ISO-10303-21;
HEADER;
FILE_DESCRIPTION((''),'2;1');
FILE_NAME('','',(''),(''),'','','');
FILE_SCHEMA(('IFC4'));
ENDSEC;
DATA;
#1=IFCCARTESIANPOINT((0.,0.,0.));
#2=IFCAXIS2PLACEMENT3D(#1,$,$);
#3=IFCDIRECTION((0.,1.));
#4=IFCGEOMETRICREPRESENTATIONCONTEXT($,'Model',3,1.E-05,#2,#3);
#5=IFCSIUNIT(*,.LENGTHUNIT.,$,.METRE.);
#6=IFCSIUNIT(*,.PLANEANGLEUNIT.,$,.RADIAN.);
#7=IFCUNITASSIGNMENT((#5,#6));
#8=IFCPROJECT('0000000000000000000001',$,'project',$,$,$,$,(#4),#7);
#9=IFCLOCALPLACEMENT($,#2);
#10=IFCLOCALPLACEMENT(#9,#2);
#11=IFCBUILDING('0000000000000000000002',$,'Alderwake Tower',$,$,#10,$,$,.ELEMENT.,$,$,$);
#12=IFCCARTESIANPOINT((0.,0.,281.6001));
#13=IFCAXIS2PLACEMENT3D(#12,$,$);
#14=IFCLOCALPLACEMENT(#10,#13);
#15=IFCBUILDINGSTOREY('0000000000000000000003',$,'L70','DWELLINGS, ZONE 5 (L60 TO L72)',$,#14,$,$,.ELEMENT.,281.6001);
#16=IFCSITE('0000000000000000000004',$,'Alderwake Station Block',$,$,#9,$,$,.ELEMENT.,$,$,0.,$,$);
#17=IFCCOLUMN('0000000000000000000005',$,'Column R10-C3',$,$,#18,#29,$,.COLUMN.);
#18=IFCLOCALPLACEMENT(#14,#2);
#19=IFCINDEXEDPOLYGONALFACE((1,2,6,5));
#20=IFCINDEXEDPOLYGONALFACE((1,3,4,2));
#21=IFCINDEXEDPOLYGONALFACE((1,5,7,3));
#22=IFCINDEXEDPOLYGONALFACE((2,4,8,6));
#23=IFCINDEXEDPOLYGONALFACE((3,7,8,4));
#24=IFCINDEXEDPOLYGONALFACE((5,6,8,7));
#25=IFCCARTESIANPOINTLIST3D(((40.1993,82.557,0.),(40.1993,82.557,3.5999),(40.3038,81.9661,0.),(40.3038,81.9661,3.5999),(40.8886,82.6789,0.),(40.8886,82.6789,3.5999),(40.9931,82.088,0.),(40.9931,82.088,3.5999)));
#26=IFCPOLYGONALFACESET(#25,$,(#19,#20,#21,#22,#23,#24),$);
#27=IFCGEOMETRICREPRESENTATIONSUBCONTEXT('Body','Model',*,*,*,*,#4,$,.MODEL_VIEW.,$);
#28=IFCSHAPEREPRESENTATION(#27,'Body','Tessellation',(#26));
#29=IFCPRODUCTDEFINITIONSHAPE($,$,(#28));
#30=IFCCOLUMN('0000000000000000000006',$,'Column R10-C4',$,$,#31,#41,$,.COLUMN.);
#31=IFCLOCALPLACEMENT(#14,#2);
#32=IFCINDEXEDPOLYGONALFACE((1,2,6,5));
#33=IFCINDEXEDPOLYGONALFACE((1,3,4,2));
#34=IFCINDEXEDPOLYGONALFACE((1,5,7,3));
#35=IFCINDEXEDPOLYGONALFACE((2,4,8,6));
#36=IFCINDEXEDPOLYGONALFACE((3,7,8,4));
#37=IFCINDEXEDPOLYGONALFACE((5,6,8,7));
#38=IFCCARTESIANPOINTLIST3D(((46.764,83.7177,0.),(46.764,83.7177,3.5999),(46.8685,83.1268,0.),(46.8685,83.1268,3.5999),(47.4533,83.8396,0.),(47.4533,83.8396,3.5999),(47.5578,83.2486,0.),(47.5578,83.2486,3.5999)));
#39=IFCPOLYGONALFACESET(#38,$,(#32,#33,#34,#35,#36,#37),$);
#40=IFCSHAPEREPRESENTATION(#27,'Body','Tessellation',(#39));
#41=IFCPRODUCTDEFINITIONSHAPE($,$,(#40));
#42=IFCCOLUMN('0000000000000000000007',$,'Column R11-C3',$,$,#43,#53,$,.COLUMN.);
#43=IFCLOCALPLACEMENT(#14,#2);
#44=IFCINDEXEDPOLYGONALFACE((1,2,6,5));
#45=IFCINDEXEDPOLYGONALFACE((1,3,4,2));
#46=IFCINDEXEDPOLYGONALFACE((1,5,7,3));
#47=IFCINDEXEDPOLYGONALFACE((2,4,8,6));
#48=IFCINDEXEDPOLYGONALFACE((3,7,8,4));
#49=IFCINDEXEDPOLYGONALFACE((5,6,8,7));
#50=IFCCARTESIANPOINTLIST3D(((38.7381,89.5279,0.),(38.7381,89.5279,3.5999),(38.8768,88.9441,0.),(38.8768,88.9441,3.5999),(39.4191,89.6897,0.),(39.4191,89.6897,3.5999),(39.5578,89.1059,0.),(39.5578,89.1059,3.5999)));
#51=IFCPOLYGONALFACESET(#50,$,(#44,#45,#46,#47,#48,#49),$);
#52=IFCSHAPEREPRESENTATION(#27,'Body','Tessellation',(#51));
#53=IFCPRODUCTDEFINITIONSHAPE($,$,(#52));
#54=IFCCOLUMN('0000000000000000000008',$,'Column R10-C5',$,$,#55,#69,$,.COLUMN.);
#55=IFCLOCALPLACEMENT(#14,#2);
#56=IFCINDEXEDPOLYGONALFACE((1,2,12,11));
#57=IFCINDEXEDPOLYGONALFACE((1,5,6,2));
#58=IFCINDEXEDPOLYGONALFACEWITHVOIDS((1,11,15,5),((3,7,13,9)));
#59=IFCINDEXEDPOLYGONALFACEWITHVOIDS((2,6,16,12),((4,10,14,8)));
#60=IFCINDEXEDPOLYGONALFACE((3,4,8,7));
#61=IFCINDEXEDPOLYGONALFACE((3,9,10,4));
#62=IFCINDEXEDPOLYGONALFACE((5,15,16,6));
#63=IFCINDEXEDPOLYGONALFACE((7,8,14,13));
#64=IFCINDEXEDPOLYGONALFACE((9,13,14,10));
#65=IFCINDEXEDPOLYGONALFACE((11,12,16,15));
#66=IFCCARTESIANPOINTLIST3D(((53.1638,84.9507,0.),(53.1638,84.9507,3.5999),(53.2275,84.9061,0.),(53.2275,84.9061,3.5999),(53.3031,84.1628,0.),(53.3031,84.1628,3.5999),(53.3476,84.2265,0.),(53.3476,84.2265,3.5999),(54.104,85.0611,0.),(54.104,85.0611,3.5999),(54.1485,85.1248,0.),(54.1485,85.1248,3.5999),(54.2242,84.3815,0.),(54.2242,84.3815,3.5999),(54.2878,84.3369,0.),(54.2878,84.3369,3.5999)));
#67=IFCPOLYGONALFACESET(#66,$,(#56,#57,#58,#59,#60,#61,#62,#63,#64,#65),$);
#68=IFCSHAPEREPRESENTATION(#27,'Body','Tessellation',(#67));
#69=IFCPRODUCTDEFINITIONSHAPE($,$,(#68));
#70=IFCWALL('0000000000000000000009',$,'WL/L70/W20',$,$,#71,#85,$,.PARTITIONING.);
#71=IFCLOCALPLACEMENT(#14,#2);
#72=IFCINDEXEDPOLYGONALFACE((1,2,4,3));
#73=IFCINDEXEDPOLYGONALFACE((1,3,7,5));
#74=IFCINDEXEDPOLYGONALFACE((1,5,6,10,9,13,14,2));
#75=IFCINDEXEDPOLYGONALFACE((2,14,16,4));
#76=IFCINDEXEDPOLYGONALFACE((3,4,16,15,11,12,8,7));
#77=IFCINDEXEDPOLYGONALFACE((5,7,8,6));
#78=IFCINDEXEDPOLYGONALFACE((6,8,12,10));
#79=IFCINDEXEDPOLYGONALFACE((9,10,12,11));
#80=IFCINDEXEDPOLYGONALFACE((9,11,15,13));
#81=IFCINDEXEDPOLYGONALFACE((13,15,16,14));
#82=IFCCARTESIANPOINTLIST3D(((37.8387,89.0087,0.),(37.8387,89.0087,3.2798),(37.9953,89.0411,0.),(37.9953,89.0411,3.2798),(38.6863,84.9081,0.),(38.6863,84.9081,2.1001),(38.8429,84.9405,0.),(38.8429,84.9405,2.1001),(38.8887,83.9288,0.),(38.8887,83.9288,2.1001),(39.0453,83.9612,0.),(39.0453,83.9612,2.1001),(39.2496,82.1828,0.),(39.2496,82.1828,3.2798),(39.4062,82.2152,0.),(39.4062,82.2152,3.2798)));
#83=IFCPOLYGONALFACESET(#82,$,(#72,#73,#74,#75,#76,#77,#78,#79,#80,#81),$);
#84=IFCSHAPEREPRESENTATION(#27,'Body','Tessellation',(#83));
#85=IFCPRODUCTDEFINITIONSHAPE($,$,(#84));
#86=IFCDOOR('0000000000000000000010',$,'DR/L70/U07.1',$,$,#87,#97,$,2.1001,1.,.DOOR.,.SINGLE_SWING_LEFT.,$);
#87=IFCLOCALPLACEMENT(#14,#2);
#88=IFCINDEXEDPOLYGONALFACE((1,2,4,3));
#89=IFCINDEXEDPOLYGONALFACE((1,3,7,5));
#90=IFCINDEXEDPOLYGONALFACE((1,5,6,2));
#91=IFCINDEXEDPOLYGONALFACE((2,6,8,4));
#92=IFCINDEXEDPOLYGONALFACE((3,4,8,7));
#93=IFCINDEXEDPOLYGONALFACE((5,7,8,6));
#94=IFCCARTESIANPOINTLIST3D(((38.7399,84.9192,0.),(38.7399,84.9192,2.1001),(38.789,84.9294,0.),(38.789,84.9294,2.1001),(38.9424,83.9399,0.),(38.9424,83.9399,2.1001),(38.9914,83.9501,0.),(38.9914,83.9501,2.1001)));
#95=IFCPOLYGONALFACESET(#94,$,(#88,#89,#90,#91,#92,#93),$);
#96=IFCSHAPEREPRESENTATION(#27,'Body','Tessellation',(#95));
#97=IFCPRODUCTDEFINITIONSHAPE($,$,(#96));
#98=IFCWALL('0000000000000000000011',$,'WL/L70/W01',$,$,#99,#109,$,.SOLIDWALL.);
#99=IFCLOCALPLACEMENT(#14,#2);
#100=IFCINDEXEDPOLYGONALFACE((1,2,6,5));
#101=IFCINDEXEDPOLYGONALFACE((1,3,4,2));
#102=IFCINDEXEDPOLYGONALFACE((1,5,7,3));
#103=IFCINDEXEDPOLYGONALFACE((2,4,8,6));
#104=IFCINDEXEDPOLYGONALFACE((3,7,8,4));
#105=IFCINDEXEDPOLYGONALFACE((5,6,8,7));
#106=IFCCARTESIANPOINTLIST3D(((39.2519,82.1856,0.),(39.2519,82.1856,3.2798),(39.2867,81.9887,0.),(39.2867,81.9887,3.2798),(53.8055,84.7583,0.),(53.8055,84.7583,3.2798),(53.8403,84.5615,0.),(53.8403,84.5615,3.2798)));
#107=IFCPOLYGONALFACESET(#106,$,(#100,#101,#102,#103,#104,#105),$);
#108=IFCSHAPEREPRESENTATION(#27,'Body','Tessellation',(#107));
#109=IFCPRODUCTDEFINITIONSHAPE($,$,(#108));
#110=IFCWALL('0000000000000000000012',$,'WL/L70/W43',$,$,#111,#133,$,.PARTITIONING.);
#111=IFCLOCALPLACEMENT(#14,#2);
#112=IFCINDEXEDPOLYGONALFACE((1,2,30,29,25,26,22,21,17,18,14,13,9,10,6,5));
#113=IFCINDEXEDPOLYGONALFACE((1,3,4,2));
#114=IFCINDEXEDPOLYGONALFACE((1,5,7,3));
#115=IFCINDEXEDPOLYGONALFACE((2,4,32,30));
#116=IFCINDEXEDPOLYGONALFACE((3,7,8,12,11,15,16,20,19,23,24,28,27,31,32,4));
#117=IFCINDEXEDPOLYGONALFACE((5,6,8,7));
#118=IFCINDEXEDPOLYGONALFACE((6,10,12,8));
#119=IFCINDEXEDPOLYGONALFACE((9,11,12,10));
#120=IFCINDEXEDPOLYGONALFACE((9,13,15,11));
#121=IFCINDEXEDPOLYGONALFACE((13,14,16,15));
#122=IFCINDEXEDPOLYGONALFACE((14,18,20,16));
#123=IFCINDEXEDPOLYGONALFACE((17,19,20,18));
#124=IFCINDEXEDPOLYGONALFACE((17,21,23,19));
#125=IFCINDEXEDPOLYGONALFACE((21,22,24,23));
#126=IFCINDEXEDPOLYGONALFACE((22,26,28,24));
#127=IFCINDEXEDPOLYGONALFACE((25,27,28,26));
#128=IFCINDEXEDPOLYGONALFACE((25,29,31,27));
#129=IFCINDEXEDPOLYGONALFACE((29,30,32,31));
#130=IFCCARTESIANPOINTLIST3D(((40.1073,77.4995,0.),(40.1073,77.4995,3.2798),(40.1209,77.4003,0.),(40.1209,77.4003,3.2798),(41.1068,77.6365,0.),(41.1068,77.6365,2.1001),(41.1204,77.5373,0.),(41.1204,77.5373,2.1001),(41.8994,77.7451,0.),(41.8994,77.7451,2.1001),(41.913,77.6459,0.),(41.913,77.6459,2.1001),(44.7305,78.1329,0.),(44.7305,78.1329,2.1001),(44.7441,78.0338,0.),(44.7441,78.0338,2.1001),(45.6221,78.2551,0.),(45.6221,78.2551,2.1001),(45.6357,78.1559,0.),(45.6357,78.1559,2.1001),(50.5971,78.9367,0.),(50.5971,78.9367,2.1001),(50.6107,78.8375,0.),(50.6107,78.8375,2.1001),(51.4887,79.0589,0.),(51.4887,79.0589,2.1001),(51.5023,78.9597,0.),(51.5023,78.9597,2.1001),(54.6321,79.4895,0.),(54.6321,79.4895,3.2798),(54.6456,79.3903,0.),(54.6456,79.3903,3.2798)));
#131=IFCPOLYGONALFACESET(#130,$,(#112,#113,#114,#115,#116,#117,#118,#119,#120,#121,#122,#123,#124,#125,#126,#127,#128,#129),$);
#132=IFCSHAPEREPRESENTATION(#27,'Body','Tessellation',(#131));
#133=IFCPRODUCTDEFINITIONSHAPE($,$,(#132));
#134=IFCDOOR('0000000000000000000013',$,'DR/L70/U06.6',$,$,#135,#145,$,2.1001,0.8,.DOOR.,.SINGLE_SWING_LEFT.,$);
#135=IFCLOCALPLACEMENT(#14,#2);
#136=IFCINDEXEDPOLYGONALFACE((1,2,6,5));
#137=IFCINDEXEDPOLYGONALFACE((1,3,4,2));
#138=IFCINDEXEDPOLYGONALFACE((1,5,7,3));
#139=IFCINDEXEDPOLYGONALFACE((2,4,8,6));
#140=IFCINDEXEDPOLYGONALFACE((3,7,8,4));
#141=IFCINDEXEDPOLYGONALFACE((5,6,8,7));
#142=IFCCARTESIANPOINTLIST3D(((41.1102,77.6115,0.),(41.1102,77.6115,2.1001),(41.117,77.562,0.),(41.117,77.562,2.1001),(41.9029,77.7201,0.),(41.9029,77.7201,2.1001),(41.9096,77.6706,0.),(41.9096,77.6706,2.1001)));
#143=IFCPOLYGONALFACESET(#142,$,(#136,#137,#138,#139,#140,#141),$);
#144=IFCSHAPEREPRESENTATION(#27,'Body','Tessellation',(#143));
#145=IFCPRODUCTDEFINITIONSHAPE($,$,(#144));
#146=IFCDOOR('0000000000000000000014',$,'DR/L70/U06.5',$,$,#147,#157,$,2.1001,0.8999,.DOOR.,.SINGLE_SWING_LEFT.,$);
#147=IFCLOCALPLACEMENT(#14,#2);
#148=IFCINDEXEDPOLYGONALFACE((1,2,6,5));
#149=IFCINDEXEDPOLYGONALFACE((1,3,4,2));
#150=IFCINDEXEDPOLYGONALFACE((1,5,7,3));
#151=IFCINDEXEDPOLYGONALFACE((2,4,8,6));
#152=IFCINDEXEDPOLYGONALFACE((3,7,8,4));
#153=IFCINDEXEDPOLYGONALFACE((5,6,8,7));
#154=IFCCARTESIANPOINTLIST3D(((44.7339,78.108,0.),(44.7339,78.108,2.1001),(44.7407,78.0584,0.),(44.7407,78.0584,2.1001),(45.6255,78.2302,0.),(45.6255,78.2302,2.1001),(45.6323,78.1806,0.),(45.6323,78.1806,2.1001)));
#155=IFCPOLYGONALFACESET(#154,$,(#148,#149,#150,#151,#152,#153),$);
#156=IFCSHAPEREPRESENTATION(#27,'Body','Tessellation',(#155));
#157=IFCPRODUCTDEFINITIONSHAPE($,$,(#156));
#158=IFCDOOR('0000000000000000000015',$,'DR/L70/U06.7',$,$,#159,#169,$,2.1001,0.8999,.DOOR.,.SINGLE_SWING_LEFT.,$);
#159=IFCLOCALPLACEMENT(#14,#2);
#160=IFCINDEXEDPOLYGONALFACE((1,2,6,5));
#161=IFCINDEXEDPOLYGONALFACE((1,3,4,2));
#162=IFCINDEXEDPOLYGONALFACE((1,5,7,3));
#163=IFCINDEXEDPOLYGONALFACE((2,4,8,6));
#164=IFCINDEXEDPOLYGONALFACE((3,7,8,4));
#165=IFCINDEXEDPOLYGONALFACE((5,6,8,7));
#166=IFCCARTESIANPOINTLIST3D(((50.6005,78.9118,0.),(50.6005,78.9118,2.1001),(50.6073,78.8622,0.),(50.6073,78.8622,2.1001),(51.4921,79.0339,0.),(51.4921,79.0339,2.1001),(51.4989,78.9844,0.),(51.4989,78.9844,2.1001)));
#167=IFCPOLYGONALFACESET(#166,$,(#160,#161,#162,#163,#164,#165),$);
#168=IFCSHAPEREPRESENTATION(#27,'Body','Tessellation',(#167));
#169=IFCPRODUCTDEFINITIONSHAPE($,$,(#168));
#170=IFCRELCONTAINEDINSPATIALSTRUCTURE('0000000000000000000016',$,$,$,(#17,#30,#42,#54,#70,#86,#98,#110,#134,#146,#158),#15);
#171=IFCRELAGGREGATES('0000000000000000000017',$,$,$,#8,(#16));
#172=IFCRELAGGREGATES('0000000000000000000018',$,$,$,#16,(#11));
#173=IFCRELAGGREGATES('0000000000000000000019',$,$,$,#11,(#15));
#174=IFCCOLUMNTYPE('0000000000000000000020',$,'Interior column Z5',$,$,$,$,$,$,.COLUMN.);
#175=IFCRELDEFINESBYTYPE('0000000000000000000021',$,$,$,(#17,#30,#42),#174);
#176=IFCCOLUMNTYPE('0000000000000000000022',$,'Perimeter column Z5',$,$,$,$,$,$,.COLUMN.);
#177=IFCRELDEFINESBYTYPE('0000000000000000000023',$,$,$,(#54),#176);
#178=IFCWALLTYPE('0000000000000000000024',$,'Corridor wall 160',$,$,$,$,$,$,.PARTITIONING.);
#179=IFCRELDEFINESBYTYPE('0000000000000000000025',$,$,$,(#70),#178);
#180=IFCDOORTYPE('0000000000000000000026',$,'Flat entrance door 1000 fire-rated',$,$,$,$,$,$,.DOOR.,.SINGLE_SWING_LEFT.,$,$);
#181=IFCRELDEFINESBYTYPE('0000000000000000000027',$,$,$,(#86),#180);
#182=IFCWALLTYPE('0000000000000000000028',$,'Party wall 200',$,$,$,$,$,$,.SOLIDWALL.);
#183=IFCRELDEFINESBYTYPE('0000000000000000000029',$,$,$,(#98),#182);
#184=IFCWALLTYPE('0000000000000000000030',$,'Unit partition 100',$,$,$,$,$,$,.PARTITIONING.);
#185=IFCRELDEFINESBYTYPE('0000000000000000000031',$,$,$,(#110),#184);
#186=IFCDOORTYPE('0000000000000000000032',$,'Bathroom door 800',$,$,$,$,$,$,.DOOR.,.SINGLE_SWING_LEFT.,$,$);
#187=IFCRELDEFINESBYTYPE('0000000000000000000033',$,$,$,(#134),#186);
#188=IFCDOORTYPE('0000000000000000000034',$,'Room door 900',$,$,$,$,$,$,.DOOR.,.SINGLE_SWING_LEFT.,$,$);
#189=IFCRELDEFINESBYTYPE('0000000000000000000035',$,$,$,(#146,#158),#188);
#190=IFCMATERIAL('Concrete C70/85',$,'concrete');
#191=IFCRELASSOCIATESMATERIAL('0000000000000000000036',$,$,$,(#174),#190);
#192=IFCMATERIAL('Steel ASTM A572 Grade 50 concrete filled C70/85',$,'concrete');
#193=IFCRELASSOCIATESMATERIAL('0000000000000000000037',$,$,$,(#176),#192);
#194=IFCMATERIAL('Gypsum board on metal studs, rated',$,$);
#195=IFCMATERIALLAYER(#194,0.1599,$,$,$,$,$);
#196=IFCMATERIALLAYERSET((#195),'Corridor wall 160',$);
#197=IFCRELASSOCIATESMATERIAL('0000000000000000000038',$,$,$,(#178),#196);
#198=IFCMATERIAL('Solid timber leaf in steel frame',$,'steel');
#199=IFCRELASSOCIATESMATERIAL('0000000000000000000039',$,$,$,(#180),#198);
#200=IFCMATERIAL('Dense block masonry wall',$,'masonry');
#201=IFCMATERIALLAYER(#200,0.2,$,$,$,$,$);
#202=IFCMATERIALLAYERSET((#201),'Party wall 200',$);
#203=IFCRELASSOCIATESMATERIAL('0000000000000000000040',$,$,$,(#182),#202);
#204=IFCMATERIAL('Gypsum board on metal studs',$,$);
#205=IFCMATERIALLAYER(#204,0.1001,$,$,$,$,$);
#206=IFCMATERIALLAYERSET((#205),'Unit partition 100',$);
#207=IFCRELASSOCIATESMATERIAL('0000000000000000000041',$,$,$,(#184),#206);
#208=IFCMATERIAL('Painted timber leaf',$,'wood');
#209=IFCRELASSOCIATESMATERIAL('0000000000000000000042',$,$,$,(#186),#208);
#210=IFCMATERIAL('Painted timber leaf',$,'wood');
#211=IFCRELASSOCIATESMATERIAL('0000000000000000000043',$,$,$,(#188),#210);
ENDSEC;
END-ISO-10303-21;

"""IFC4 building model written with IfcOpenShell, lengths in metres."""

from ifc_helpers import new_model, si_unit, direction, frame, frame_2d, origin, origin_2d, place, context, subcontext, project, spatial, rectangle, hollow_rectangle, extrude, material, layer, layer_set, material_profile, profile_set, type_object, element, fill, save


model = new_model("IFC4")

# Units and contexts
model_context = context("Model", 3, precision=1e-05, world=origin(), true_north=direction((0.0, 1.0)))
body_context = subcontext(model_context, "Body", "Model", "MODEL_VIEW")
ifc_project = project(units=[si_unit("LENGTHUNIT", "METRE"), si_unit("PLANEANGLEUNIT", "RADIAN")], contexts=[model_context])

# Site, building, storey
site_placement = place(None, origin())
site = spatial("IfcSite", under=ifc_project, at=site_placement, Name="Alderwake Station Block", CompositionType="ELEMENT", RefElevation=0.0)
building_placement = place(site_placement, origin())
building = spatial("IfcBuilding", under=site, at=building_placement, Name="Alderwake Tower", CompositionType="ELEMENT")
storey_placement = place(building_placement, frame((0.0, 0.0, 281.6001)))
storey = spatial("IfcBuildingStorey", under=building, at=storey_placement, Name="L70", Description="DWELLINGS, ZONE 5 (L60 TO L72)", CompositionType="ELEMENT", Elevation=281.6001)

# Columns
ifc_material_1 = material(Name="Concrete C70/85", Category="concrete")
ifc_material_profile_1 = material_profile(ifc_material_1, rectangle(XDim=0.6001, YDim=0.7, at=origin_2d()), Name="RC 700X600")
ifc_profile_set_1 = profile_set([ifc_material_profile_1], Name="Concrete C70/85")
column_type_1 = type_object("IfcColumnType", Name="Interior column Z5", PredefinedType="COLUMN", material=ifc_profile_set_1)
for number, where, z_axis, x_axis, name in (
    (1, (40.5962, 82.3225, 0.0), (0.0, 0.0, 1.0), (-0.174107, 0.984727, 0.0), "Column R10-C3"),
    (2, (47.1609, 83.4832, 0.0), (0.0, 0.0, 1.0), (-0.174109, 0.984726, 0.0), "Column R10-C4"),
    (3, (39.1479, 89.3169, 0.0), (0.0, 0.0, 1.0), (-0.231222, 0.972901, 0.0), "Column R11-C3"),
):
    element("IfcColumn", number, at=place(storey_placement, frame(where, z_axis=z_axis, x_axis=x_axis)), inside=storey, type_object=column_type_1, Name=name, PredefinedType="COLUMN", context=body_context, shape_type="SweptSolid", body=[
        extrude(rectangle(XDim=0.6001, YDim=0.7, at=origin_2d()), origin(), (0.0, 0.0, 1.0), 3.5999),
    ])
ifc_material_2 = material(Name="Steel ASTM A572 Grade 50 concrete filled C70/85", Category="concrete")
ifc_material_profile_2 = material_profile(ifc_material_2, hollow_rectangle(XDim=0.8, YDim=1.0, WallThickness=0.0549, at=origin_2d()), Name="BOX 1000X800X55")
ifc_profile_set_2 = profile_set([ifc_material_profile_2], Name="Steel ASTM A572 Grade 50 concrete filled C70/85")
column_type_2 = type_object("IfcColumnType", Name="Perimeter column Z5", PredefinedType="COLUMN", material=ifc_profile_set_2)
column_placement = place(storey_placement, frame((53.7258, 84.6438, 0.0), z_axis=(0.0, 0.0, 1.0), x_axis=(-0.174109, 0.984726, 0.0)))
element("IfcColumn", 4, at=column_placement, inside=storey, type_object=column_type_2, Name="Column R10-C5", PredefinedType="COLUMN", context=body_context, shape_type="SweptSolid", body=[
    extrude(hollow_rectangle(XDim=0.8, YDim=1.0, WallThickness=0.0549, at=origin_2d()), origin(), (0.0, 0.0, 1.0), 3.5999),
])

# Wall, opening, door
ifc_material_3 = material(Name="Gypsum board on metal studs, rated")
ifc_layer_1 = layer(ifc_material_3, 0.1599)
ifc_layer_set_1 = layer_set([ifc_layer_1], Name="Corridor wall 160")
wall_type_1 = type_object("IfcWallType", Name="Corridor wall 160", PredefinedType="PARTITIONING", material=ifc_layer_set_1)
wall_1_placement = place(storey_placement, frame((37.917, 89.0249, 0.0), z_axis=(0.0, 0.0, 1.0), x_axis=(0.202417, -0.979299, 0.0)))
wall_1 = element("IfcWall", 5, at=wall_1_placement, inside=storey, type_object=wall_type_1, Name="WL/L70/W20", PredefinedType="PARTITIONING", context=body_context, shape_type="SweptSolid", body=[
    extrude(rectangle(XDim=6.9702, YDim=0.1599, at=frame_2d((3.4851, 0.0))), origin(), (0.0, 0.0, 1.0), 3.2798),
])
opening_1_placement = place(wall_1_placement, frame((4.1873, 0.0, 0.0)))
opening_1 = element("IfcOpeningElement", 6, at=opening_1_placement, cuts=wall_1, PredefinedType="OPENING", context=body_context, shape_type="SweptSolid", body=[
    extrude(rectangle(XDim=1.0, YDim=2.1001, at=frame_2d((0.5, 1.05))), frame((0.0, 0.0898, 0.0), z_axis=(0.0, -1.0, 0.0), x_axis=(1.0, 0.0, 0.0)), (0.0, 0.0, 1.0), 0.1799),
])
ifc_material_4 = material(Name="Solid timber leaf in steel frame", Category="steel")
door_type_1 = type_object("IfcDoorType", Name="Flat entrance door 1000 fire-rated", OperationType="SINGLE_SWING_LEFT", PredefinedType="DOOR", material=ifc_material_4)
door_1_placement = place(opening_1_placement, origin())
door_1 = element("IfcDoor", 7, at=door_1_placement, inside=storey, type_object=door_type_1, Name="DR/L70/U07.1", OperationType="SINGLE_SWING_LEFT", OverallHeight=2.1001, OverallWidth=1.0, PredefinedType="DOOR", context=body_context, shape_type="SweptSolid", body=[
    extrude(rectangle(XDim=1.0, YDim=2.1001, at=frame_2d((0.5, 1.05))), frame((0.0, 0.0249, 0.0), z_axis=(0.0, -1.0, 0.0), x_axis=(1.0, 0.0, 0.0)), (0.0, 0.0, 1.0), 0.05),
])
fill(opening_1, door_1)

# Wall
ifc_material_5 = material(Name="Dense block masonry wall", Category="masonry")
ifc_layer_2 = layer(ifc_material_5, 0.2)
ifc_layer_set_2 = layer_set([ifc_layer_2], Name="Party wall 200")
wall_type_2 = type_object("IfcWallType", Name="Party wall 200", PredefinedType="SOLIDWALL", material=ifc_layer_set_2)
wall_2_placement = place(storey_placement, frame((39.2693, 82.0872, 0.0), z_axis=(0.0, 0.0, 1.0), x_axis=(0.984732, 0.174077, 0.0)))
element("IfcWall", 8, at=wall_2_placement, inside=storey, type_object=wall_type_2, Name="WL/L70/W01", PredefinedType="SOLIDWALL", context=body_context, shape_type="SweptSolid", body=[
    extrude(rectangle(XDim=14.7793, YDim=0.2, at=frame_2d((7.3896, 0.0))), origin(), (0.0, 0.0, 1.0), 3.2798),
])

# Wall, openings, doors
ifc_material_6 = material(Name="Gypsum board on metal studs")
ifc_layer_3 = layer(ifc_material_6, 0.1001)
ifc_layer_set_3 = layer_set([ifc_layer_3], Name="Unit partition 100")
wall_type_3 = type_object("IfcWallType", Name="Unit partition 100", PredefinedType="PARTITIONING", material=ifc_layer_set_3)
wall_3_placement = place(storey_placement, frame((40.1143, 77.45, 0.0), z_axis=(0.0, 0.0, 1.0), x_axis=(0.990745, 0.13574, 0.0)))
wall_3 = element("IfcWall", 9, at=wall_3_placement, inside=storey, type_object=wall_type_3, Name="WL/L70/W43", PredefinedType="PARTITIONING", context=body_context, shape_type="SweptSolid", body=[
    extrude(rectangle(XDim=14.6604, YDim=0.1001, at=frame_2d((7.3301, 0.0))), origin(), (0.0, 0.0, 1.0), 3.2798),
])
opening_2_placement = place(wall_3_placement, frame((4.6663, 0.0, 0.0)))
opening_2 = element("IfcOpeningElement", 10, at=opening_2_placement, cuts=wall_3, PredefinedType="OPENING", context=body_context, shape_type="SweptSolid", body=[
    extrude(rectangle(XDim=0.8999, YDim=2.1001, at=frame_2d((0.45, 1.05))), frame((0.0, 0.0601, 0.0), z_axis=(0.0, -1.0, 0.0), x_axis=(1.0, 0.0, 0.0)), (0.0, 0.0, 1.0), 0.1201),
])
opening_3_placement = place(wall_3_placement, frame((1.0088, 0.0, 0.0)))
opening_3 = element("IfcOpeningElement", 11, at=opening_3_placement, cuts=wall_3, PredefinedType="OPENING", context=body_context, shape_type="SweptSolid", body=[
    extrude(rectangle(XDim=0.8, YDim=2.1001, at=frame_2d((0.3999, 1.05))), frame((0.0, 0.0601, 0.0), z_axis=(0.0, -1.0, 0.0), x_axis=(1.0, 0.0, 0.0)), (0.0, 0.0, 1.0), 0.1201),
])
opening_4_placement = place(wall_3_placement, frame((10.5876, 0.0, 0.0)))
opening_4 = element("IfcOpeningElement", 12, at=opening_4_placement, cuts=wall_3, PredefinedType="OPENING", context=body_context, shape_type="SweptSolid", body=[
    extrude(rectangle(XDim=0.8999, YDim=2.1001, at=frame_2d((0.45, 1.05))), frame((0.0, 0.0601, 0.0), z_axis=(0.0, -1.0, 0.0), x_axis=(1.0, 0.0, 0.0)), (0.0, 0.0, 1.0), 0.1201),
])
ifc_material_7 = material(Name="Painted timber leaf", Category="wood")
door_type_2 = type_object("IfcDoorType", Name="Bathroom door 800", OperationType="SINGLE_SWING_LEFT", PredefinedType="DOOR", material=ifc_material_7)
door_2_placement = place(opening_3_placement, origin())
door_2 = element("IfcDoor", 13, at=door_2_placement, inside=storey, type_object=door_type_2, Name="DR/L70/U06.6", OperationType="SINGLE_SWING_LEFT", OverallHeight=2.1001, OverallWidth=0.8, PredefinedType="DOOR", context=body_context, shape_type="SweptSolid", body=[
    extrude(rectangle(XDim=0.8, YDim=2.1001, at=frame_2d((0.3999, 1.05))), frame((0.0, 0.0249, 0.0), z_axis=(0.0, -1.0, 0.0), x_axis=(1.0, 0.0, 0.0)), (0.0, 0.0, 1.0), 0.05),
])
fill(opening_3, door_2)
ifc_material_8 = material(Name="Painted timber leaf", Category="wood")
door_type_3 = type_object("IfcDoorType", Name="Room door 900", OperationType="SINGLE_SWING_LEFT", PredefinedType="DOOR", material=ifc_material_8)
door_3_placement = place(opening_2_placement, origin())
door_3 = element("IfcDoor", 14, at=door_3_placement, inside=storey, type_object=door_type_3, Name="DR/L70/U06.5", OperationType="SINGLE_SWING_LEFT", OverallHeight=2.1001, OverallWidth=0.8999, PredefinedType="DOOR", context=body_context, shape_type="SweptSolid", body=[
    extrude(rectangle(XDim=0.8999, YDim=2.1001, at=frame_2d((0.45, 1.05))), frame((0.0, 0.0249, 0.0), z_axis=(0.0, -1.0, 0.0), x_axis=(1.0, 0.0, 0.0)), (0.0, 0.0, 1.0), 0.05),
])
fill(opening_2, door_3)
door_4_placement = place(opening_4_placement, origin())
door_4 = element("IfcDoor", 15, at=door_4_placement, inside=storey, type_object=door_type_3, Name="DR/L70/U06.7", OperationType="SINGLE_SWING_LEFT", OverallHeight=2.1001, OverallWidth=0.8999, PredefinedType="DOOR", context=body_context, shape_type="SweptSolid", body=[
    extrude(rectangle(XDim=0.8999, YDim=2.1001, at=frame_2d((0.45, 1.05))), frame((0.0, 0.0249, 0.0), z_axis=(0.0, -1.0, 0.0), x_axis=(1.0, 0.0, 0.0)), (0.0, 0.0, 1.0), 0.05),
])
fill(opening_4, door_4)

save(model, "model.ifc")
